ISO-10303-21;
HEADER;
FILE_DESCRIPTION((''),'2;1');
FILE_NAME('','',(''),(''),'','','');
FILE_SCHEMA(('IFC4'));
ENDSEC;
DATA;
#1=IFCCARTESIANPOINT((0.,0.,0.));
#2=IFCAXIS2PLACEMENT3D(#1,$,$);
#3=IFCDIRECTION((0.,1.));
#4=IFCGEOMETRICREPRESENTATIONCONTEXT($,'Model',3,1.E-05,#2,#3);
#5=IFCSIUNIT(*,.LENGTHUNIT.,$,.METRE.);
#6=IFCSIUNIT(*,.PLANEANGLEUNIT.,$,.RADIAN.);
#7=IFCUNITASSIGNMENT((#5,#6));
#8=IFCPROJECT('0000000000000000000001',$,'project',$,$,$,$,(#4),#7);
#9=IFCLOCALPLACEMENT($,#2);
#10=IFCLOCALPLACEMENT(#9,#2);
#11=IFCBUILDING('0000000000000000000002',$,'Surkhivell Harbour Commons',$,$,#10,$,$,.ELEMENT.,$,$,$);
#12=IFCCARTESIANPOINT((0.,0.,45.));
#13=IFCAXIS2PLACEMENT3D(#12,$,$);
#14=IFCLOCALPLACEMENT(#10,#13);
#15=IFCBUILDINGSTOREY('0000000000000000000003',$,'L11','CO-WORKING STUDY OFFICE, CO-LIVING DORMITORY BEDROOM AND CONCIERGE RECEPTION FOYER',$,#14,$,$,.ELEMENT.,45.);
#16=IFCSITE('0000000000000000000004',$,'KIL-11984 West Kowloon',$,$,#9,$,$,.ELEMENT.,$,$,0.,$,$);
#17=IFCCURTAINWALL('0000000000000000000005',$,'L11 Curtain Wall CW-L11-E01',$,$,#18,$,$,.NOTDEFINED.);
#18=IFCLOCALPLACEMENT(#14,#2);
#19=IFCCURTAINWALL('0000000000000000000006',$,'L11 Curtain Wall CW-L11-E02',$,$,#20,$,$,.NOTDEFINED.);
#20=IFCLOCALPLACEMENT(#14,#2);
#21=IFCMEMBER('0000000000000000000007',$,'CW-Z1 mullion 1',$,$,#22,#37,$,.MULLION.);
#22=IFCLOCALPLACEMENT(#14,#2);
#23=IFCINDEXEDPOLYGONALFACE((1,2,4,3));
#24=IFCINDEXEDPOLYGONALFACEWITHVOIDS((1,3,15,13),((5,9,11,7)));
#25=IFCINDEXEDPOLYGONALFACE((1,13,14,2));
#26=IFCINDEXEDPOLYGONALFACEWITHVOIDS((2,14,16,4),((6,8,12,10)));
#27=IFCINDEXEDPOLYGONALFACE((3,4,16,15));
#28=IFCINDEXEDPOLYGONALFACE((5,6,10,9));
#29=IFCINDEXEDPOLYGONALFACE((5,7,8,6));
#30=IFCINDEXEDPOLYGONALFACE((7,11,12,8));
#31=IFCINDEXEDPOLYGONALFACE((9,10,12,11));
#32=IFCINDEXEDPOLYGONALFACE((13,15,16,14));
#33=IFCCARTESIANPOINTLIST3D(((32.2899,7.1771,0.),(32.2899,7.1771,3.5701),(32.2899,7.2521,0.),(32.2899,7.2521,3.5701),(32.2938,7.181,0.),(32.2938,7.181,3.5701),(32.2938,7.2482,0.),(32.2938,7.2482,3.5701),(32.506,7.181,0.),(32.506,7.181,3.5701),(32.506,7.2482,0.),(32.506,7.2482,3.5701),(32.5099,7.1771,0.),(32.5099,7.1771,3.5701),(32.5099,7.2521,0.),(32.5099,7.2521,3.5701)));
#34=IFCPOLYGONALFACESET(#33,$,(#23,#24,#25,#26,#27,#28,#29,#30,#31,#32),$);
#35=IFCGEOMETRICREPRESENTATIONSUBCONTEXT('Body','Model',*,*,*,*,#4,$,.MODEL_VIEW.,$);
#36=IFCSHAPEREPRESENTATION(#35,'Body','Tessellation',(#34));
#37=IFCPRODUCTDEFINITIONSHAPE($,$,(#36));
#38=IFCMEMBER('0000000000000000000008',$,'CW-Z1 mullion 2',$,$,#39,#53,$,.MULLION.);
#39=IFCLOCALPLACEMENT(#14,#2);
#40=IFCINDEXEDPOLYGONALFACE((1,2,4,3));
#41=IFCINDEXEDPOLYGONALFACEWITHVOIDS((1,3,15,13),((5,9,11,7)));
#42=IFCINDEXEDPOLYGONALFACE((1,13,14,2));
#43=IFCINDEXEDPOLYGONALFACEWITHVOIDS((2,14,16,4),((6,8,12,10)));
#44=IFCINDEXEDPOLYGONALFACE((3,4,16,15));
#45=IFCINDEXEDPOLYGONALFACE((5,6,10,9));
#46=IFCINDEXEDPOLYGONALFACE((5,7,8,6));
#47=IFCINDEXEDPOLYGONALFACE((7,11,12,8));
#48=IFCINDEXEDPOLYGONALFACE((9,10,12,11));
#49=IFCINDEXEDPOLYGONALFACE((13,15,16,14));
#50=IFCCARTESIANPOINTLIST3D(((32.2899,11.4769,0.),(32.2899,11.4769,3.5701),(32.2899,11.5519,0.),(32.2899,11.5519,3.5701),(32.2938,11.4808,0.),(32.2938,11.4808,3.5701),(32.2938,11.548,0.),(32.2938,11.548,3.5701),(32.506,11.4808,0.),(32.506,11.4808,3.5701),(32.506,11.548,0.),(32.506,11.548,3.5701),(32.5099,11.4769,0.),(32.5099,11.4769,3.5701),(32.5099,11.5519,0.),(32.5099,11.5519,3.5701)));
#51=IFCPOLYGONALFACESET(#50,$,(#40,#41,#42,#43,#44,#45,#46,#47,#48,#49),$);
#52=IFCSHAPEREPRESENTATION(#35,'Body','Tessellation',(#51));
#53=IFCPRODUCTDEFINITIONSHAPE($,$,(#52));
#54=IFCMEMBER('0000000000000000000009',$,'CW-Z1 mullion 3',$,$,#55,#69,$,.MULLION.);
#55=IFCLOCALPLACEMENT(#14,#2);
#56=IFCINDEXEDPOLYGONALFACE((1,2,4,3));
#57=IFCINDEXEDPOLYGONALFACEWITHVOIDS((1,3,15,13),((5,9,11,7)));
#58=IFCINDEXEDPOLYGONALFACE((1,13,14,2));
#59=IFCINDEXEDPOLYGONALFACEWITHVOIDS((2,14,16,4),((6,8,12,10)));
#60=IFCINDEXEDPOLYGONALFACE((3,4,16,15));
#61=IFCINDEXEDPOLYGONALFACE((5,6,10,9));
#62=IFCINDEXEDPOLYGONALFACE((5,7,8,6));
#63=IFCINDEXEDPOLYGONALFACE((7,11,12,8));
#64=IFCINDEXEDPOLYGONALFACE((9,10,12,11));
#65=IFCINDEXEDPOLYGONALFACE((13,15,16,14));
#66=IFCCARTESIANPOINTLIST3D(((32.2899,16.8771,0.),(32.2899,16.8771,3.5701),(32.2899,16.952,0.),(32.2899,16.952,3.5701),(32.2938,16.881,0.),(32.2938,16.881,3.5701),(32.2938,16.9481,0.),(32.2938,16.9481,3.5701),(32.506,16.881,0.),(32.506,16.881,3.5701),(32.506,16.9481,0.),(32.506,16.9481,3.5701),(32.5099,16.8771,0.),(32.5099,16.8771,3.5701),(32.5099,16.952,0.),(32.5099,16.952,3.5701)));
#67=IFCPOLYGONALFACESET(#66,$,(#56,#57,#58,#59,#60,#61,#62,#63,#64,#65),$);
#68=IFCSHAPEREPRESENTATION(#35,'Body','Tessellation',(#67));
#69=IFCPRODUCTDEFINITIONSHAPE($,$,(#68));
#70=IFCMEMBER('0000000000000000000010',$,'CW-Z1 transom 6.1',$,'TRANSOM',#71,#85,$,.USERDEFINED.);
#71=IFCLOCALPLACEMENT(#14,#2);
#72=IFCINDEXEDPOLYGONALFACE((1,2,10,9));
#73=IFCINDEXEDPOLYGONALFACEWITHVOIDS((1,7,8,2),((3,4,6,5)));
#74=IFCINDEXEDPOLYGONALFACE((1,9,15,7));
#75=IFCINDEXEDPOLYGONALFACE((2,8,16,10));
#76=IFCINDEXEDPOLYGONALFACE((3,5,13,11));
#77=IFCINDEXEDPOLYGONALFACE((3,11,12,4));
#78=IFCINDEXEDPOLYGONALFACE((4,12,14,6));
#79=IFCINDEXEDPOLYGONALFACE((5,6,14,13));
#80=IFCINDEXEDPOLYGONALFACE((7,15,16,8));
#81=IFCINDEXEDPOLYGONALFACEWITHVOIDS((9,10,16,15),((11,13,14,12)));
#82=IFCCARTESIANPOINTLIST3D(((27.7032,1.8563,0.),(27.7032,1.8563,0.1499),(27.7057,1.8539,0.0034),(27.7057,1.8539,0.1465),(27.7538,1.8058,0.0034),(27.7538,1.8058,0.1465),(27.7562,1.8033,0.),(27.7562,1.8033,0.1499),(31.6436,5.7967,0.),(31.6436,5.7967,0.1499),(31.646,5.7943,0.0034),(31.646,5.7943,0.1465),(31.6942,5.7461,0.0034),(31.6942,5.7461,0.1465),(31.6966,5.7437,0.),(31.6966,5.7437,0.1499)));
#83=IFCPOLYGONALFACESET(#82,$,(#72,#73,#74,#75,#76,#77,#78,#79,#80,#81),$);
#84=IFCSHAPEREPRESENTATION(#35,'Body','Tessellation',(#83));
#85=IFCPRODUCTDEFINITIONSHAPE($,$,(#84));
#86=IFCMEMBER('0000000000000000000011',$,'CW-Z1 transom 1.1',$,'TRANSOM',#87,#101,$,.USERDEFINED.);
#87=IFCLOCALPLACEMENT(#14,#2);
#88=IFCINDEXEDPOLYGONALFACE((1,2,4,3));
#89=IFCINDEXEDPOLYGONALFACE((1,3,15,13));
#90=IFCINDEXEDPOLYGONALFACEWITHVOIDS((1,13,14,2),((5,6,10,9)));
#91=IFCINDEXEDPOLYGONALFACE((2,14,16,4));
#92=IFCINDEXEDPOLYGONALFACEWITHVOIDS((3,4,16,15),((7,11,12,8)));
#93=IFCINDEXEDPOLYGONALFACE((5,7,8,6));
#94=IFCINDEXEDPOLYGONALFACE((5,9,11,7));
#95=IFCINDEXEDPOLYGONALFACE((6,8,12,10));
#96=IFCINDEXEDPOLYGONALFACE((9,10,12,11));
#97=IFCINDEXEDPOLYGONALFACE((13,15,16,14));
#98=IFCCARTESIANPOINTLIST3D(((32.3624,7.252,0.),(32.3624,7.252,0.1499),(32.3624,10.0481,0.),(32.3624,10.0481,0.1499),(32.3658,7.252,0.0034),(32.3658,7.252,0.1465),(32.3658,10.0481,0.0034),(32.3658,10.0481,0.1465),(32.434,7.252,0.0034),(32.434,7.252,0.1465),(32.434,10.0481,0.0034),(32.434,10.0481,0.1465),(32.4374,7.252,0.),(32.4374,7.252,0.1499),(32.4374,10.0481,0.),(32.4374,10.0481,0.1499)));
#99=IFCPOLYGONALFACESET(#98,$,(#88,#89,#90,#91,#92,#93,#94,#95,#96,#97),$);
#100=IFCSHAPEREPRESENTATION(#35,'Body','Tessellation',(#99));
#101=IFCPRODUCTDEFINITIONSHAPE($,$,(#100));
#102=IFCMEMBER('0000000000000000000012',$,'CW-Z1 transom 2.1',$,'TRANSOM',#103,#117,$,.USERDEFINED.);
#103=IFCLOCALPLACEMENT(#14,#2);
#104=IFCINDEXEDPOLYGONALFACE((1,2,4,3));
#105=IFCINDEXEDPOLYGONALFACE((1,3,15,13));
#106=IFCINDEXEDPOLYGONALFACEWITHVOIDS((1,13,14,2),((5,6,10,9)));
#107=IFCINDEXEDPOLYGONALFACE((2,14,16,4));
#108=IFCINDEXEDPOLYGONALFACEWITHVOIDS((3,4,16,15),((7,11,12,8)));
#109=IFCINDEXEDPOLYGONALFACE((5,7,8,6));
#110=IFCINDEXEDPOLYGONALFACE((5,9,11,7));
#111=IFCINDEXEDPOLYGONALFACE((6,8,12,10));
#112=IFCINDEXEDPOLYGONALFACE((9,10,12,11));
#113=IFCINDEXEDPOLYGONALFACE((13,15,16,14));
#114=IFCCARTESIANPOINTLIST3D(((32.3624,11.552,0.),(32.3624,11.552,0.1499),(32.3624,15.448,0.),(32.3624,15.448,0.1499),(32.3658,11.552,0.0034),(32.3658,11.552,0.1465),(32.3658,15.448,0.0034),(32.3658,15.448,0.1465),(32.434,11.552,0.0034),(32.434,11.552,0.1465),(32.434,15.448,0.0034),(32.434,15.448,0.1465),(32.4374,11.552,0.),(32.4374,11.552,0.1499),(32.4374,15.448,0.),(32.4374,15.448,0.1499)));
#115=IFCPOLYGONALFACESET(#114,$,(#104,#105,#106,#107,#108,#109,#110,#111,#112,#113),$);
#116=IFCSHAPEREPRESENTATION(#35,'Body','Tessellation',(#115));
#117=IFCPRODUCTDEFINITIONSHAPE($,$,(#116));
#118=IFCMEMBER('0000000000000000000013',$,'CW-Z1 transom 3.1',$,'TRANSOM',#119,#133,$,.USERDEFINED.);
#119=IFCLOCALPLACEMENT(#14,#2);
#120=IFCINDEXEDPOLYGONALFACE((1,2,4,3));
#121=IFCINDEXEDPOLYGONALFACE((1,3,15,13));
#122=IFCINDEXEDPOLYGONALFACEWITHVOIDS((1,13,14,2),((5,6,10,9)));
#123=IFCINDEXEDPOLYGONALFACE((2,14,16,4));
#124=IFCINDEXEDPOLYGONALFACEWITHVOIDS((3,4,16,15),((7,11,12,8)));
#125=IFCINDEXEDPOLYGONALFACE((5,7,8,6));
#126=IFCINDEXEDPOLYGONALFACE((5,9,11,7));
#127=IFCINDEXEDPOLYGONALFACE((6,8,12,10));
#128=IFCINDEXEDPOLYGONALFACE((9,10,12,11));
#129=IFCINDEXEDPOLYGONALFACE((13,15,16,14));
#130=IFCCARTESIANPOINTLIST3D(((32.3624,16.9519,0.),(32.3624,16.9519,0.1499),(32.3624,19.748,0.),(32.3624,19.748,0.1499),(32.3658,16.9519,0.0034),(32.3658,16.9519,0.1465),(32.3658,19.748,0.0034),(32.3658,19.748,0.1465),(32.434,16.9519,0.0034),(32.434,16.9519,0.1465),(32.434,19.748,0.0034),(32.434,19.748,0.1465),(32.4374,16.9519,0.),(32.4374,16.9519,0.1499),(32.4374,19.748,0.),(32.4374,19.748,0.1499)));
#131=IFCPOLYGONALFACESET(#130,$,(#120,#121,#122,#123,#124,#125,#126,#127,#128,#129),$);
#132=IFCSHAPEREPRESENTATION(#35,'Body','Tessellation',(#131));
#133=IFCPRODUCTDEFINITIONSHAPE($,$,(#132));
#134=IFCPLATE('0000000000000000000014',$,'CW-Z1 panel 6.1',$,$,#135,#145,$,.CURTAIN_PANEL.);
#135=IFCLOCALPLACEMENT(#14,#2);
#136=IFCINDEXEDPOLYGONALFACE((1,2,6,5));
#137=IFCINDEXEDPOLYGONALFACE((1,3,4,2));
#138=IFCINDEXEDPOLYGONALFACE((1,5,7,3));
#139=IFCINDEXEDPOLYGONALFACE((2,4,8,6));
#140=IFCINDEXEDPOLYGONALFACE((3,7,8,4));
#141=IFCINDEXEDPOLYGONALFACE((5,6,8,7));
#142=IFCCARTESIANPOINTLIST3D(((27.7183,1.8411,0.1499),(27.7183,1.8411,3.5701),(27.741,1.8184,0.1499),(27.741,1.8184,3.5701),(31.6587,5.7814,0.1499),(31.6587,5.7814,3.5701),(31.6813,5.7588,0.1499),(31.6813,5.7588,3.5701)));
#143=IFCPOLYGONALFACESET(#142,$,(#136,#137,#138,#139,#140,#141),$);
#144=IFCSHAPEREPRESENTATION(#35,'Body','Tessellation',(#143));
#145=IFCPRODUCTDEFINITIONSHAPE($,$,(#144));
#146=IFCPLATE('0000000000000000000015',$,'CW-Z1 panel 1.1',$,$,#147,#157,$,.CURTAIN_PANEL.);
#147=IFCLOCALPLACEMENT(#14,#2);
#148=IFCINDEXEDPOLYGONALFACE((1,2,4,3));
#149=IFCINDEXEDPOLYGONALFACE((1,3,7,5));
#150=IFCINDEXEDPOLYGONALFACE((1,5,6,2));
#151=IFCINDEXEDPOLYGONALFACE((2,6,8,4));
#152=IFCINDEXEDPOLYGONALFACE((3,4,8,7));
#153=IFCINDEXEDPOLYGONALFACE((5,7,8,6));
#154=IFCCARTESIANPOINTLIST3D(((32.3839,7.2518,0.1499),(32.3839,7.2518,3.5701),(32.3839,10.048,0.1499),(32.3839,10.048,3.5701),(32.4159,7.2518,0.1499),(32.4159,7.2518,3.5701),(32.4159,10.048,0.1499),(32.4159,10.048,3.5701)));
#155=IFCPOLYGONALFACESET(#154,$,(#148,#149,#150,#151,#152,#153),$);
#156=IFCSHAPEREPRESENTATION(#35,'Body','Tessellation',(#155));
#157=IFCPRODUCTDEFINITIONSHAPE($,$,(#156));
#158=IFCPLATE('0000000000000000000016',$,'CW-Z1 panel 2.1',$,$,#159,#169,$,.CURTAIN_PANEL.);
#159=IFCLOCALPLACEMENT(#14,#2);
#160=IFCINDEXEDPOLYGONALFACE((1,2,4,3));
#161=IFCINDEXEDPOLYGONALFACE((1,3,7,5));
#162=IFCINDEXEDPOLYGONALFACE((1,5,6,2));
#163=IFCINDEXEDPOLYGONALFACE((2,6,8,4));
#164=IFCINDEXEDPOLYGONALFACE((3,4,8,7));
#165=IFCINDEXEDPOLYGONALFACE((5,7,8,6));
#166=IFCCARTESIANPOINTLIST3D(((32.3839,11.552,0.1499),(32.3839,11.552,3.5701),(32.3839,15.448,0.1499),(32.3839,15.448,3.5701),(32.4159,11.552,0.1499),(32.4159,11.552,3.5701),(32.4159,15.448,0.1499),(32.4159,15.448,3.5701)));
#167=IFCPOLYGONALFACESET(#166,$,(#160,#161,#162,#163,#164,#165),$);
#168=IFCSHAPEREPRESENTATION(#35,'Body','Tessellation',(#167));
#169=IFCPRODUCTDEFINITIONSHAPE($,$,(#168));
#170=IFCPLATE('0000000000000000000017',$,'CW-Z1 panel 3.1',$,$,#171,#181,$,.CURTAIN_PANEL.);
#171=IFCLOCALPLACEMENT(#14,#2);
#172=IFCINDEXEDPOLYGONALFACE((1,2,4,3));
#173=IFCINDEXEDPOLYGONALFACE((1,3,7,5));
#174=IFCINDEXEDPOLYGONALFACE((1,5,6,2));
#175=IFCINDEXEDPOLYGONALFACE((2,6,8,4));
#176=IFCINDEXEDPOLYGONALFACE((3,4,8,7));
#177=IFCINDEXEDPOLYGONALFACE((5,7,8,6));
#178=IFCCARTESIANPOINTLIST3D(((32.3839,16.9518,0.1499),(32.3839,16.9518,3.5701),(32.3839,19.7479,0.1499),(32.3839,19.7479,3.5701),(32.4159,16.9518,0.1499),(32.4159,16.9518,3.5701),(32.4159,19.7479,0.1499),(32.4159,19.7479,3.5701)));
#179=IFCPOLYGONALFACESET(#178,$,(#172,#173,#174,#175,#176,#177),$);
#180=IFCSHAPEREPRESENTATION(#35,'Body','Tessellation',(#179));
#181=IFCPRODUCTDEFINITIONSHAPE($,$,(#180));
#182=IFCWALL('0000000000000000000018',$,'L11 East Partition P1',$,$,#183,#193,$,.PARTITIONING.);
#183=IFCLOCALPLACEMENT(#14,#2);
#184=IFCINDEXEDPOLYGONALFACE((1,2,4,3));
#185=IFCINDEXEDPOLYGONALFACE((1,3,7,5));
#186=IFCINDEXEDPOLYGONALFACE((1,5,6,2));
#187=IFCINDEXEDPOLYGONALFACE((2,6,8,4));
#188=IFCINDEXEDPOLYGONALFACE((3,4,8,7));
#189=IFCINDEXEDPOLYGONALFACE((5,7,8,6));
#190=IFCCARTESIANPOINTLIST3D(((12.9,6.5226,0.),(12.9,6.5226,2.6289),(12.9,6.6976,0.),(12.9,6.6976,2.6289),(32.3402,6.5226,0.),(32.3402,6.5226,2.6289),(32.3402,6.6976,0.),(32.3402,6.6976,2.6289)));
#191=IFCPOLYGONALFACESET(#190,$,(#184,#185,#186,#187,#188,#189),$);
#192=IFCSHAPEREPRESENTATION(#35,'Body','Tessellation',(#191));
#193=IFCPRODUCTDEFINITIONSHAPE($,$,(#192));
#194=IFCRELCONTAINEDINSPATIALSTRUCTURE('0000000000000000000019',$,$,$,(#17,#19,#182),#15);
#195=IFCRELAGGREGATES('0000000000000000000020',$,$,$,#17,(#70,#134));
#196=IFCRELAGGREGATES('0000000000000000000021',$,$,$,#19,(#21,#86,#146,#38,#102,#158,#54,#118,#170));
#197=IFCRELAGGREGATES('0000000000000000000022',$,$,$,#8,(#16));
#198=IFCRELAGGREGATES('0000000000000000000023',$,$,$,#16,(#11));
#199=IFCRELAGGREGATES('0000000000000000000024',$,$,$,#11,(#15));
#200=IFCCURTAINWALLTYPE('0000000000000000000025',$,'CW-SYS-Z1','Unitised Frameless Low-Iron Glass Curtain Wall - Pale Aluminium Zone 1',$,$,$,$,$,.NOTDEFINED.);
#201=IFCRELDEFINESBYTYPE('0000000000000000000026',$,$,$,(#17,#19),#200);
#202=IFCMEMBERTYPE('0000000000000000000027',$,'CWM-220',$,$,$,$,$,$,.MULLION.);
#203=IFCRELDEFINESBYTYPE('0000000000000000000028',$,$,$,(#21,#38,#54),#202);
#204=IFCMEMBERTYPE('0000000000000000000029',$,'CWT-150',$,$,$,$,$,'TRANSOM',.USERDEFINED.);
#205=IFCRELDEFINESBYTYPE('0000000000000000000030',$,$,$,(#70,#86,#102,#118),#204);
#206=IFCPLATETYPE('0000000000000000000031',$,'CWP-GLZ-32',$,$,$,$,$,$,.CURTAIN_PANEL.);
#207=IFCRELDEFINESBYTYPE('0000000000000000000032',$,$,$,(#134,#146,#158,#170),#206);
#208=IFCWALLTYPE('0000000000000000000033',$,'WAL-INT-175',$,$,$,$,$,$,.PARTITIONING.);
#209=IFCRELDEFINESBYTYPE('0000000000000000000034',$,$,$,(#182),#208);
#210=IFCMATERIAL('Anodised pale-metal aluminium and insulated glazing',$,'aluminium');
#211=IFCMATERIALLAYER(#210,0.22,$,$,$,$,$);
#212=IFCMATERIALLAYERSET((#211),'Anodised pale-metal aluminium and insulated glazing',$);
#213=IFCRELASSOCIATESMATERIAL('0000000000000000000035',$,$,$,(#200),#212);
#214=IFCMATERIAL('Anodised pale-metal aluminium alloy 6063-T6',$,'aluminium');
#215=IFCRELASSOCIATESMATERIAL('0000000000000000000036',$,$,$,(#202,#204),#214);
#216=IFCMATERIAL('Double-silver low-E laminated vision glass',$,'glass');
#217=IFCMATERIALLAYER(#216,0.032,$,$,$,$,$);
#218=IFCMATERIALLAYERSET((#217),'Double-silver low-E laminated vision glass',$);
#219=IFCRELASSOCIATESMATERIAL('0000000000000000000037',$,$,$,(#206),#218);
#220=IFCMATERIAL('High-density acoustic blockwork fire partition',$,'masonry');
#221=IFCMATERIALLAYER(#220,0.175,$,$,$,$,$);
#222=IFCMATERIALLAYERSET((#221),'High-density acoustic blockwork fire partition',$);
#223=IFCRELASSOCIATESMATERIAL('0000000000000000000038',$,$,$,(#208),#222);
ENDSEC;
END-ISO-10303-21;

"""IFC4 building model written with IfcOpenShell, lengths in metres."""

from ifc_helpers import new_model, si_unit, direction, frame, frame_2d, origin, origin_2d, place, context, subcontext, project, spatial, rectangle, hollow_rectangle, extrude, material, layer, layer_set, material_profile, profile_set, type_object, element, aggregate, save


model = new_model("IFC4")

# Units and contexts
model_context = context("Model", 3, precision=1e-05, world=origin(), true_north=direction((0.0, 1.0)))
body_context = subcontext(model_context, "Body", "Model", "MODEL_VIEW")
ifc_project = project(units=[si_unit("LENGTHUNIT", "METRE"), si_unit("PLANEANGLEUNIT", "RADIAN")], contexts=[model_context])

# Site, building, storey
site_placement = place(None, origin())
site = spatial("IfcSite", under=ifc_project, at=site_placement, Name="KIL-11984 West Kowloon", CompositionType="ELEMENT", RefElevation=0.0)
building_placement = place(site_placement, origin())
building = spatial("IfcBuilding", under=site, at=building_placement, Name="Surkhivell Harbour Commons", CompositionType="ELEMENT")
storey_placement = place(building_placement, frame((0.0, 0.0, 45.0)))
storey = spatial("IfcBuildingStorey", under=building, at=storey_placement, Name="L11", Description="CO-WORKING STUDY OFFICE, CO-LIVING DORMITORY BEDROOM AND CONCIERGE RECEPTION FOYER", CompositionType="ELEMENT", Elevation=45.0)

# Curtain walls, members
ifc_material_1 = material(Name="Anodised pale-metal aluminium and insulated glazing", Category="aluminium")
ifc_layer_1 = layer(ifc_material_1, 0.22)
ifc_layer_set_1 = layer_set([ifc_layer_1], Name="Anodised pale-metal aluminium and insulated glazing")
curtain_wall_type = type_object("IfcCurtainWallType", Name="CW-SYS-Z1", Description="Unitised Frameless Low-Iron Glass Curtain Wall - Pale Aluminium Zone 1", PredefinedType="NOTDEFINED", material=ifc_layer_set_1)
curtain_wall_1_placement = place(storey_placement, origin())
curtain_wall_1 = element("IfcCurtainWall", 1, at=curtain_wall_1_placement, inside=storey, type_object=curtain_wall_type, Name="L11 Curtain Wall CW-L11-E01", PredefinedType="NOTDEFINED")
ifc_material_2 = material(Name="Anodised pale-metal aluminium alloy 6063-T6", Category="aluminium")
ifc_material_profile_1 = material_profile(ifc_material_2, hollow_rectangle(XDim=0.075, YDim=0.22, WallThickness=0.0039, at=origin_2d()), Name="ALU-MULL-75x220")
ifc_profile_set_1 = profile_set([ifc_material_profile_1], Name="Anodised pale-metal aluminium alloy 6063-T6")
member_type_1 = type_object("IfcMemberType", Name="CWM-220", PredefinedType="MULLION", material=ifc_profile_set_1)
curtain_wall_2_placement = place(storey_placement, origin())
curtain_wall_2 = element("IfcCurtainWall", 2, at=curtain_wall_2_placement, inside=storey, type_object=curtain_wall_type, Name="L11 Curtain Wall CW-L11-E02", PredefinedType="NOTDEFINED")
member_1_placement = place(storey_placement, frame((32.3999, 7.2146, 0.0), z_axis=(0.0, 0.0, 1.0), x_axis=(0.0, 1.0, 0.0)))
member_1 = element("IfcMember", 3, at=member_1_placement, type_object=member_type_1, Name="CW-Z1 mullion 1", PredefinedType="MULLION", context=body_context, shape_type="SweptSolid", body=[
    extrude(hollow_rectangle(XDim=0.075, YDim=0.22, WallThickness=0.0039, at=origin_2d()), origin(), (0.0, 0.0, 1.0), 3.5701),
])
member_2_placement = place(storey_placement, frame((32.3999, 11.5144, 0.0), z_axis=(0.0, 0.0, 1.0), x_axis=(0.0, 1.0, 0.0)))
member_2 = element("IfcMember", 4, at=member_2_placement, type_object=member_type_1, Name="CW-Z1 mullion 2", PredefinedType="MULLION", context=body_context, shape_type="SweptSolid", body=[
    extrude(hollow_rectangle(XDim=0.075, YDim=0.22, WallThickness=0.0039, at=origin_2d()), origin(), (0.0, 0.0, 1.0), 3.5701),
])
member_3_placement = place(storey_placement, frame((32.3999, 16.9146, 0.0), z_axis=(0.0, 0.0, 1.0), x_axis=(0.0, 1.0, 0.0)))
member_3 = element("IfcMember", 5, at=member_3_placement, type_object=member_type_1, Name="CW-Z1 mullion 3", PredefinedType="MULLION", context=body_context, shape_type="SweptSolid", body=[
    extrude(hollow_rectangle(XDim=0.075, YDim=0.22, WallThickness=0.0039, at=origin_2d()), origin(), (0.0, 0.0, 1.0), 3.5701),
])

# Members
ifc_material_profile_2 = material_profile(ifc_material_2, hollow_rectangle(XDim=0.075, YDim=0.1499, WallThickness=0.0034, at=origin_2d()), Name="ALU-TRAN-75x150")
ifc_profile_set_2 = profile_set([ifc_material_profile_2], Name="Anodised pale-metal aluminium alloy 6063-T6")
member_type_2 = type_object("IfcMemberType", Name="CWT-150", ElementType="TRANSOM", PredefinedType="USERDEFINED", material=ifc_profile_set_2)
member_4_placement = place(storey_placement, frame((27.7297, 1.8298, 0.075), z_axis=(0.707107, 0.707107, 0.0), x_axis=(-0.707107, 0.707107, 0.0)))
member_4 = element("IfcMember", 6, at=member_4_placement, type_object=member_type_2, Name="CW-Z1 transom 6.1", ObjectType="TRANSOM", PredefinedType="USERDEFINED", context=body_context, shape_type="SweptSolid", body=[
    extrude(hollow_rectangle(XDim=0.075, YDim=0.1499, WallThickness=0.0034, at=origin_2d()), origin(), (0.0, 0.0, 1.0), 5.5725),
])
member_5_placement = place(storey_placement, frame((32.3999, 7.252, 0.075), z_axis=(0.0, 1.0, 0.0), x_axis=(-1.0, 0.0, 0.0)))
member_5 = element("IfcMember", 7, at=member_5_placement, type_object=member_type_2, Name="CW-Z1 transom 1.1", ObjectType="TRANSOM", PredefinedType="USERDEFINED", context=body_context, shape_type="SweptSolid", body=[
    extrude(hollow_rectangle(XDim=0.075, YDim=0.1499, WallThickness=0.0034, at=origin_2d()), origin(), (0.0, 0.0, 1.0), 2.7961),
])
member_6_placement = place(storey_placement, frame((32.3999, 11.552, 0.075), z_axis=(0.0, 1.0, 0.0), x_axis=(-1.0, 0.0, 0.0)))
member_6 = element("IfcMember", 8, at=member_6_placement, type_object=member_type_2, Name="CW-Z1 transom 2.1", ObjectType="TRANSOM", PredefinedType="USERDEFINED", context=body_context, shape_type="SweptSolid", body=[
    extrude(hollow_rectangle(XDim=0.075, YDim=0.1499, WallThickness=0.0034, at=origin_2d()), origin(), (0.0, 0.0, 1.0), 3.896),
])
member_7_placement = place(storey_placement, frame((32.3999, 16.9519, 0.075), z_axis=(0.0, 1.0, 0.0), x_axis=(-1.0, 0.0, 0.0)))
member_7 = element("IfcMember", 9, at=member_7_placement, type_object=member_type_2, Name="CW-Z1 transom 3.1", ObjectType="TRANSOM", PredefinedType="USERDEFINED", context=body_context, shape_type="SweptSolid", body=[
    extrude(hollow_rectangle(XDim=0.075, YDim=0.1499, WallThickness=0.0034, at=origin_2d()), origin(), (0.0, 0.0, 1.0), 2.7961),
])

# Plates
ifc_material_3 = material(Name="Double-silver low-E laminated vision glass", Category="glass")
ifc_layer_2 = layer(ifc_material_3, 0.032)
ifc_layer_set_2 = layer_set([ifc_layer_2], Name="Double-silver low-E laminated vision glass")
plate_type = type_object("IfcPlateType", Name="CWP-GLZ-32", PredefinedType="CURTAIN_PANEL", material=ifc_layer_set_2)
plate_1_placement = place(storey_placement, frame((27.7297, 1.8298, 0.1499), z_axis=(0.0, 0.0, 1.0), x_axis=(0.707107, 0.707107, 0.0)))
plate_1 = element("IfcPlate", 10, at=plate_1_placement, type_object=plate_type, Name="CW-Z1 panel 6.1", PredefinedType="CURTAIN_PANEL", context=body_context, shape_type="SweptSolid", body=[
    extrude(rectangle(XDim=5.5725, YDim=0.032, at=frame_2d((2.7861, 0.0))), origin(), (0.0, 0.0, 1.0), 3.4202),
])
aggregate(curtain_wall_1, [member_4, plate_1])
plate_2_placement = place(storey_placement, frame((32.3999, 7.252, 0.1499), z_axis=(0.0, 0.0, 1.0), x_axis=(0.0, 1.0, 0.0)))
plate_2 = element("IfcPlate", 11, at=plate_2_placement, type_object=plate_type, Name="CW-Z1 panel 1.1", PredefinedType="CURTAIN_PANEL", context=body_context, shape_type="SweptSolid", body=[
    extrude(rectangle(XDim=2.7961, YDim=0.032, at=frame_2d((1.3979, 0.0))), origin(), (0.0, 0.0, 1.0), 3.4202),
])
plate_3_placement = place(storey_placement, frame((32.3999, 11.552, 0.1499), z_axis=(0.0, 0.0, 1.0), x_axis=(0.0, 1.0, 0.0)))
plate_3 = element("IfcPlate", 12, at=plate_3_placement, type_object=plate_type, Name="CW-Z1 panel 2.1", PredefinedType="CURTAIN_PANEL", context=body_context, shape_type="SweptSolid", body=[
    extrude(rectangle(XDim=3.896, YDim=0.032, at=frame_2d((1.948, 0.0))), origin(), (0.0, 0.0, 1.0), 3.4202),
])
plate_4_placement = place(storey_placement, frame((32.3999, 16.9519, 0.1499), z_axis=(0.0, 0.0, 1.0), x_axis=(0.0, 1.0, 0.0)))
plate_4 = element("IfcPlate", 13, at=plate_4_placement, type_object=plate_type, Name="CW-Z1 panel 3.1", PredefinedType="CURTAIN_PANEL", context=body_context, shape_type="SweptSolid", body=[
    extrude(rectangle(XDim=2.7961, YDim=0.032, at=frame_2d((1.3979, 0.0))), origin(), (0.0, 0.0, 1.0), 3.4202),
])
aggregate(curtain_wall_2, [member_1, member_5, plate_2, member_2, member_6, plate_3, member_3, member_7, plate_4])

# Wall
ifc_material_4 = material(Name="High-density acoustic blockwork fire partition", Category="masonry")
ifc_layer_3 = layer(ifc_material_4, 0.175)
ifc_layer_set_3 = layer_set([ifc_layer_3], Name="High-density acoustic blockwork fire partition")
wall_type_1 = type_object("IfcWallType", Name="WAL-INT-175", PredefinedType="PARTITIONING", material=ifc_layer_set_3)
wall_1_placement = place(storey_placement, frame((12.8999, 6.6101, 0.0), z_axis=(0.0, 0.0, 1.0), x_axis=(1.0, 0.0, 0.0)))
element("IfcWall", 14, at=wall_1_placement, inside=storey, type_object=wall_type_1, Name="L11 East Partition P1", PredefinedType="PARTITIONING", context=body_context, shape_type="SweptSolid", body=[
    extrude(rectangle(XDim=19.4402, YDim=0.175, at=frame_2d((9.7202, 0.0))), origin(), (0.0, 0.0, 1.0), 2.6289),
])

save(model, "model.ifc")
